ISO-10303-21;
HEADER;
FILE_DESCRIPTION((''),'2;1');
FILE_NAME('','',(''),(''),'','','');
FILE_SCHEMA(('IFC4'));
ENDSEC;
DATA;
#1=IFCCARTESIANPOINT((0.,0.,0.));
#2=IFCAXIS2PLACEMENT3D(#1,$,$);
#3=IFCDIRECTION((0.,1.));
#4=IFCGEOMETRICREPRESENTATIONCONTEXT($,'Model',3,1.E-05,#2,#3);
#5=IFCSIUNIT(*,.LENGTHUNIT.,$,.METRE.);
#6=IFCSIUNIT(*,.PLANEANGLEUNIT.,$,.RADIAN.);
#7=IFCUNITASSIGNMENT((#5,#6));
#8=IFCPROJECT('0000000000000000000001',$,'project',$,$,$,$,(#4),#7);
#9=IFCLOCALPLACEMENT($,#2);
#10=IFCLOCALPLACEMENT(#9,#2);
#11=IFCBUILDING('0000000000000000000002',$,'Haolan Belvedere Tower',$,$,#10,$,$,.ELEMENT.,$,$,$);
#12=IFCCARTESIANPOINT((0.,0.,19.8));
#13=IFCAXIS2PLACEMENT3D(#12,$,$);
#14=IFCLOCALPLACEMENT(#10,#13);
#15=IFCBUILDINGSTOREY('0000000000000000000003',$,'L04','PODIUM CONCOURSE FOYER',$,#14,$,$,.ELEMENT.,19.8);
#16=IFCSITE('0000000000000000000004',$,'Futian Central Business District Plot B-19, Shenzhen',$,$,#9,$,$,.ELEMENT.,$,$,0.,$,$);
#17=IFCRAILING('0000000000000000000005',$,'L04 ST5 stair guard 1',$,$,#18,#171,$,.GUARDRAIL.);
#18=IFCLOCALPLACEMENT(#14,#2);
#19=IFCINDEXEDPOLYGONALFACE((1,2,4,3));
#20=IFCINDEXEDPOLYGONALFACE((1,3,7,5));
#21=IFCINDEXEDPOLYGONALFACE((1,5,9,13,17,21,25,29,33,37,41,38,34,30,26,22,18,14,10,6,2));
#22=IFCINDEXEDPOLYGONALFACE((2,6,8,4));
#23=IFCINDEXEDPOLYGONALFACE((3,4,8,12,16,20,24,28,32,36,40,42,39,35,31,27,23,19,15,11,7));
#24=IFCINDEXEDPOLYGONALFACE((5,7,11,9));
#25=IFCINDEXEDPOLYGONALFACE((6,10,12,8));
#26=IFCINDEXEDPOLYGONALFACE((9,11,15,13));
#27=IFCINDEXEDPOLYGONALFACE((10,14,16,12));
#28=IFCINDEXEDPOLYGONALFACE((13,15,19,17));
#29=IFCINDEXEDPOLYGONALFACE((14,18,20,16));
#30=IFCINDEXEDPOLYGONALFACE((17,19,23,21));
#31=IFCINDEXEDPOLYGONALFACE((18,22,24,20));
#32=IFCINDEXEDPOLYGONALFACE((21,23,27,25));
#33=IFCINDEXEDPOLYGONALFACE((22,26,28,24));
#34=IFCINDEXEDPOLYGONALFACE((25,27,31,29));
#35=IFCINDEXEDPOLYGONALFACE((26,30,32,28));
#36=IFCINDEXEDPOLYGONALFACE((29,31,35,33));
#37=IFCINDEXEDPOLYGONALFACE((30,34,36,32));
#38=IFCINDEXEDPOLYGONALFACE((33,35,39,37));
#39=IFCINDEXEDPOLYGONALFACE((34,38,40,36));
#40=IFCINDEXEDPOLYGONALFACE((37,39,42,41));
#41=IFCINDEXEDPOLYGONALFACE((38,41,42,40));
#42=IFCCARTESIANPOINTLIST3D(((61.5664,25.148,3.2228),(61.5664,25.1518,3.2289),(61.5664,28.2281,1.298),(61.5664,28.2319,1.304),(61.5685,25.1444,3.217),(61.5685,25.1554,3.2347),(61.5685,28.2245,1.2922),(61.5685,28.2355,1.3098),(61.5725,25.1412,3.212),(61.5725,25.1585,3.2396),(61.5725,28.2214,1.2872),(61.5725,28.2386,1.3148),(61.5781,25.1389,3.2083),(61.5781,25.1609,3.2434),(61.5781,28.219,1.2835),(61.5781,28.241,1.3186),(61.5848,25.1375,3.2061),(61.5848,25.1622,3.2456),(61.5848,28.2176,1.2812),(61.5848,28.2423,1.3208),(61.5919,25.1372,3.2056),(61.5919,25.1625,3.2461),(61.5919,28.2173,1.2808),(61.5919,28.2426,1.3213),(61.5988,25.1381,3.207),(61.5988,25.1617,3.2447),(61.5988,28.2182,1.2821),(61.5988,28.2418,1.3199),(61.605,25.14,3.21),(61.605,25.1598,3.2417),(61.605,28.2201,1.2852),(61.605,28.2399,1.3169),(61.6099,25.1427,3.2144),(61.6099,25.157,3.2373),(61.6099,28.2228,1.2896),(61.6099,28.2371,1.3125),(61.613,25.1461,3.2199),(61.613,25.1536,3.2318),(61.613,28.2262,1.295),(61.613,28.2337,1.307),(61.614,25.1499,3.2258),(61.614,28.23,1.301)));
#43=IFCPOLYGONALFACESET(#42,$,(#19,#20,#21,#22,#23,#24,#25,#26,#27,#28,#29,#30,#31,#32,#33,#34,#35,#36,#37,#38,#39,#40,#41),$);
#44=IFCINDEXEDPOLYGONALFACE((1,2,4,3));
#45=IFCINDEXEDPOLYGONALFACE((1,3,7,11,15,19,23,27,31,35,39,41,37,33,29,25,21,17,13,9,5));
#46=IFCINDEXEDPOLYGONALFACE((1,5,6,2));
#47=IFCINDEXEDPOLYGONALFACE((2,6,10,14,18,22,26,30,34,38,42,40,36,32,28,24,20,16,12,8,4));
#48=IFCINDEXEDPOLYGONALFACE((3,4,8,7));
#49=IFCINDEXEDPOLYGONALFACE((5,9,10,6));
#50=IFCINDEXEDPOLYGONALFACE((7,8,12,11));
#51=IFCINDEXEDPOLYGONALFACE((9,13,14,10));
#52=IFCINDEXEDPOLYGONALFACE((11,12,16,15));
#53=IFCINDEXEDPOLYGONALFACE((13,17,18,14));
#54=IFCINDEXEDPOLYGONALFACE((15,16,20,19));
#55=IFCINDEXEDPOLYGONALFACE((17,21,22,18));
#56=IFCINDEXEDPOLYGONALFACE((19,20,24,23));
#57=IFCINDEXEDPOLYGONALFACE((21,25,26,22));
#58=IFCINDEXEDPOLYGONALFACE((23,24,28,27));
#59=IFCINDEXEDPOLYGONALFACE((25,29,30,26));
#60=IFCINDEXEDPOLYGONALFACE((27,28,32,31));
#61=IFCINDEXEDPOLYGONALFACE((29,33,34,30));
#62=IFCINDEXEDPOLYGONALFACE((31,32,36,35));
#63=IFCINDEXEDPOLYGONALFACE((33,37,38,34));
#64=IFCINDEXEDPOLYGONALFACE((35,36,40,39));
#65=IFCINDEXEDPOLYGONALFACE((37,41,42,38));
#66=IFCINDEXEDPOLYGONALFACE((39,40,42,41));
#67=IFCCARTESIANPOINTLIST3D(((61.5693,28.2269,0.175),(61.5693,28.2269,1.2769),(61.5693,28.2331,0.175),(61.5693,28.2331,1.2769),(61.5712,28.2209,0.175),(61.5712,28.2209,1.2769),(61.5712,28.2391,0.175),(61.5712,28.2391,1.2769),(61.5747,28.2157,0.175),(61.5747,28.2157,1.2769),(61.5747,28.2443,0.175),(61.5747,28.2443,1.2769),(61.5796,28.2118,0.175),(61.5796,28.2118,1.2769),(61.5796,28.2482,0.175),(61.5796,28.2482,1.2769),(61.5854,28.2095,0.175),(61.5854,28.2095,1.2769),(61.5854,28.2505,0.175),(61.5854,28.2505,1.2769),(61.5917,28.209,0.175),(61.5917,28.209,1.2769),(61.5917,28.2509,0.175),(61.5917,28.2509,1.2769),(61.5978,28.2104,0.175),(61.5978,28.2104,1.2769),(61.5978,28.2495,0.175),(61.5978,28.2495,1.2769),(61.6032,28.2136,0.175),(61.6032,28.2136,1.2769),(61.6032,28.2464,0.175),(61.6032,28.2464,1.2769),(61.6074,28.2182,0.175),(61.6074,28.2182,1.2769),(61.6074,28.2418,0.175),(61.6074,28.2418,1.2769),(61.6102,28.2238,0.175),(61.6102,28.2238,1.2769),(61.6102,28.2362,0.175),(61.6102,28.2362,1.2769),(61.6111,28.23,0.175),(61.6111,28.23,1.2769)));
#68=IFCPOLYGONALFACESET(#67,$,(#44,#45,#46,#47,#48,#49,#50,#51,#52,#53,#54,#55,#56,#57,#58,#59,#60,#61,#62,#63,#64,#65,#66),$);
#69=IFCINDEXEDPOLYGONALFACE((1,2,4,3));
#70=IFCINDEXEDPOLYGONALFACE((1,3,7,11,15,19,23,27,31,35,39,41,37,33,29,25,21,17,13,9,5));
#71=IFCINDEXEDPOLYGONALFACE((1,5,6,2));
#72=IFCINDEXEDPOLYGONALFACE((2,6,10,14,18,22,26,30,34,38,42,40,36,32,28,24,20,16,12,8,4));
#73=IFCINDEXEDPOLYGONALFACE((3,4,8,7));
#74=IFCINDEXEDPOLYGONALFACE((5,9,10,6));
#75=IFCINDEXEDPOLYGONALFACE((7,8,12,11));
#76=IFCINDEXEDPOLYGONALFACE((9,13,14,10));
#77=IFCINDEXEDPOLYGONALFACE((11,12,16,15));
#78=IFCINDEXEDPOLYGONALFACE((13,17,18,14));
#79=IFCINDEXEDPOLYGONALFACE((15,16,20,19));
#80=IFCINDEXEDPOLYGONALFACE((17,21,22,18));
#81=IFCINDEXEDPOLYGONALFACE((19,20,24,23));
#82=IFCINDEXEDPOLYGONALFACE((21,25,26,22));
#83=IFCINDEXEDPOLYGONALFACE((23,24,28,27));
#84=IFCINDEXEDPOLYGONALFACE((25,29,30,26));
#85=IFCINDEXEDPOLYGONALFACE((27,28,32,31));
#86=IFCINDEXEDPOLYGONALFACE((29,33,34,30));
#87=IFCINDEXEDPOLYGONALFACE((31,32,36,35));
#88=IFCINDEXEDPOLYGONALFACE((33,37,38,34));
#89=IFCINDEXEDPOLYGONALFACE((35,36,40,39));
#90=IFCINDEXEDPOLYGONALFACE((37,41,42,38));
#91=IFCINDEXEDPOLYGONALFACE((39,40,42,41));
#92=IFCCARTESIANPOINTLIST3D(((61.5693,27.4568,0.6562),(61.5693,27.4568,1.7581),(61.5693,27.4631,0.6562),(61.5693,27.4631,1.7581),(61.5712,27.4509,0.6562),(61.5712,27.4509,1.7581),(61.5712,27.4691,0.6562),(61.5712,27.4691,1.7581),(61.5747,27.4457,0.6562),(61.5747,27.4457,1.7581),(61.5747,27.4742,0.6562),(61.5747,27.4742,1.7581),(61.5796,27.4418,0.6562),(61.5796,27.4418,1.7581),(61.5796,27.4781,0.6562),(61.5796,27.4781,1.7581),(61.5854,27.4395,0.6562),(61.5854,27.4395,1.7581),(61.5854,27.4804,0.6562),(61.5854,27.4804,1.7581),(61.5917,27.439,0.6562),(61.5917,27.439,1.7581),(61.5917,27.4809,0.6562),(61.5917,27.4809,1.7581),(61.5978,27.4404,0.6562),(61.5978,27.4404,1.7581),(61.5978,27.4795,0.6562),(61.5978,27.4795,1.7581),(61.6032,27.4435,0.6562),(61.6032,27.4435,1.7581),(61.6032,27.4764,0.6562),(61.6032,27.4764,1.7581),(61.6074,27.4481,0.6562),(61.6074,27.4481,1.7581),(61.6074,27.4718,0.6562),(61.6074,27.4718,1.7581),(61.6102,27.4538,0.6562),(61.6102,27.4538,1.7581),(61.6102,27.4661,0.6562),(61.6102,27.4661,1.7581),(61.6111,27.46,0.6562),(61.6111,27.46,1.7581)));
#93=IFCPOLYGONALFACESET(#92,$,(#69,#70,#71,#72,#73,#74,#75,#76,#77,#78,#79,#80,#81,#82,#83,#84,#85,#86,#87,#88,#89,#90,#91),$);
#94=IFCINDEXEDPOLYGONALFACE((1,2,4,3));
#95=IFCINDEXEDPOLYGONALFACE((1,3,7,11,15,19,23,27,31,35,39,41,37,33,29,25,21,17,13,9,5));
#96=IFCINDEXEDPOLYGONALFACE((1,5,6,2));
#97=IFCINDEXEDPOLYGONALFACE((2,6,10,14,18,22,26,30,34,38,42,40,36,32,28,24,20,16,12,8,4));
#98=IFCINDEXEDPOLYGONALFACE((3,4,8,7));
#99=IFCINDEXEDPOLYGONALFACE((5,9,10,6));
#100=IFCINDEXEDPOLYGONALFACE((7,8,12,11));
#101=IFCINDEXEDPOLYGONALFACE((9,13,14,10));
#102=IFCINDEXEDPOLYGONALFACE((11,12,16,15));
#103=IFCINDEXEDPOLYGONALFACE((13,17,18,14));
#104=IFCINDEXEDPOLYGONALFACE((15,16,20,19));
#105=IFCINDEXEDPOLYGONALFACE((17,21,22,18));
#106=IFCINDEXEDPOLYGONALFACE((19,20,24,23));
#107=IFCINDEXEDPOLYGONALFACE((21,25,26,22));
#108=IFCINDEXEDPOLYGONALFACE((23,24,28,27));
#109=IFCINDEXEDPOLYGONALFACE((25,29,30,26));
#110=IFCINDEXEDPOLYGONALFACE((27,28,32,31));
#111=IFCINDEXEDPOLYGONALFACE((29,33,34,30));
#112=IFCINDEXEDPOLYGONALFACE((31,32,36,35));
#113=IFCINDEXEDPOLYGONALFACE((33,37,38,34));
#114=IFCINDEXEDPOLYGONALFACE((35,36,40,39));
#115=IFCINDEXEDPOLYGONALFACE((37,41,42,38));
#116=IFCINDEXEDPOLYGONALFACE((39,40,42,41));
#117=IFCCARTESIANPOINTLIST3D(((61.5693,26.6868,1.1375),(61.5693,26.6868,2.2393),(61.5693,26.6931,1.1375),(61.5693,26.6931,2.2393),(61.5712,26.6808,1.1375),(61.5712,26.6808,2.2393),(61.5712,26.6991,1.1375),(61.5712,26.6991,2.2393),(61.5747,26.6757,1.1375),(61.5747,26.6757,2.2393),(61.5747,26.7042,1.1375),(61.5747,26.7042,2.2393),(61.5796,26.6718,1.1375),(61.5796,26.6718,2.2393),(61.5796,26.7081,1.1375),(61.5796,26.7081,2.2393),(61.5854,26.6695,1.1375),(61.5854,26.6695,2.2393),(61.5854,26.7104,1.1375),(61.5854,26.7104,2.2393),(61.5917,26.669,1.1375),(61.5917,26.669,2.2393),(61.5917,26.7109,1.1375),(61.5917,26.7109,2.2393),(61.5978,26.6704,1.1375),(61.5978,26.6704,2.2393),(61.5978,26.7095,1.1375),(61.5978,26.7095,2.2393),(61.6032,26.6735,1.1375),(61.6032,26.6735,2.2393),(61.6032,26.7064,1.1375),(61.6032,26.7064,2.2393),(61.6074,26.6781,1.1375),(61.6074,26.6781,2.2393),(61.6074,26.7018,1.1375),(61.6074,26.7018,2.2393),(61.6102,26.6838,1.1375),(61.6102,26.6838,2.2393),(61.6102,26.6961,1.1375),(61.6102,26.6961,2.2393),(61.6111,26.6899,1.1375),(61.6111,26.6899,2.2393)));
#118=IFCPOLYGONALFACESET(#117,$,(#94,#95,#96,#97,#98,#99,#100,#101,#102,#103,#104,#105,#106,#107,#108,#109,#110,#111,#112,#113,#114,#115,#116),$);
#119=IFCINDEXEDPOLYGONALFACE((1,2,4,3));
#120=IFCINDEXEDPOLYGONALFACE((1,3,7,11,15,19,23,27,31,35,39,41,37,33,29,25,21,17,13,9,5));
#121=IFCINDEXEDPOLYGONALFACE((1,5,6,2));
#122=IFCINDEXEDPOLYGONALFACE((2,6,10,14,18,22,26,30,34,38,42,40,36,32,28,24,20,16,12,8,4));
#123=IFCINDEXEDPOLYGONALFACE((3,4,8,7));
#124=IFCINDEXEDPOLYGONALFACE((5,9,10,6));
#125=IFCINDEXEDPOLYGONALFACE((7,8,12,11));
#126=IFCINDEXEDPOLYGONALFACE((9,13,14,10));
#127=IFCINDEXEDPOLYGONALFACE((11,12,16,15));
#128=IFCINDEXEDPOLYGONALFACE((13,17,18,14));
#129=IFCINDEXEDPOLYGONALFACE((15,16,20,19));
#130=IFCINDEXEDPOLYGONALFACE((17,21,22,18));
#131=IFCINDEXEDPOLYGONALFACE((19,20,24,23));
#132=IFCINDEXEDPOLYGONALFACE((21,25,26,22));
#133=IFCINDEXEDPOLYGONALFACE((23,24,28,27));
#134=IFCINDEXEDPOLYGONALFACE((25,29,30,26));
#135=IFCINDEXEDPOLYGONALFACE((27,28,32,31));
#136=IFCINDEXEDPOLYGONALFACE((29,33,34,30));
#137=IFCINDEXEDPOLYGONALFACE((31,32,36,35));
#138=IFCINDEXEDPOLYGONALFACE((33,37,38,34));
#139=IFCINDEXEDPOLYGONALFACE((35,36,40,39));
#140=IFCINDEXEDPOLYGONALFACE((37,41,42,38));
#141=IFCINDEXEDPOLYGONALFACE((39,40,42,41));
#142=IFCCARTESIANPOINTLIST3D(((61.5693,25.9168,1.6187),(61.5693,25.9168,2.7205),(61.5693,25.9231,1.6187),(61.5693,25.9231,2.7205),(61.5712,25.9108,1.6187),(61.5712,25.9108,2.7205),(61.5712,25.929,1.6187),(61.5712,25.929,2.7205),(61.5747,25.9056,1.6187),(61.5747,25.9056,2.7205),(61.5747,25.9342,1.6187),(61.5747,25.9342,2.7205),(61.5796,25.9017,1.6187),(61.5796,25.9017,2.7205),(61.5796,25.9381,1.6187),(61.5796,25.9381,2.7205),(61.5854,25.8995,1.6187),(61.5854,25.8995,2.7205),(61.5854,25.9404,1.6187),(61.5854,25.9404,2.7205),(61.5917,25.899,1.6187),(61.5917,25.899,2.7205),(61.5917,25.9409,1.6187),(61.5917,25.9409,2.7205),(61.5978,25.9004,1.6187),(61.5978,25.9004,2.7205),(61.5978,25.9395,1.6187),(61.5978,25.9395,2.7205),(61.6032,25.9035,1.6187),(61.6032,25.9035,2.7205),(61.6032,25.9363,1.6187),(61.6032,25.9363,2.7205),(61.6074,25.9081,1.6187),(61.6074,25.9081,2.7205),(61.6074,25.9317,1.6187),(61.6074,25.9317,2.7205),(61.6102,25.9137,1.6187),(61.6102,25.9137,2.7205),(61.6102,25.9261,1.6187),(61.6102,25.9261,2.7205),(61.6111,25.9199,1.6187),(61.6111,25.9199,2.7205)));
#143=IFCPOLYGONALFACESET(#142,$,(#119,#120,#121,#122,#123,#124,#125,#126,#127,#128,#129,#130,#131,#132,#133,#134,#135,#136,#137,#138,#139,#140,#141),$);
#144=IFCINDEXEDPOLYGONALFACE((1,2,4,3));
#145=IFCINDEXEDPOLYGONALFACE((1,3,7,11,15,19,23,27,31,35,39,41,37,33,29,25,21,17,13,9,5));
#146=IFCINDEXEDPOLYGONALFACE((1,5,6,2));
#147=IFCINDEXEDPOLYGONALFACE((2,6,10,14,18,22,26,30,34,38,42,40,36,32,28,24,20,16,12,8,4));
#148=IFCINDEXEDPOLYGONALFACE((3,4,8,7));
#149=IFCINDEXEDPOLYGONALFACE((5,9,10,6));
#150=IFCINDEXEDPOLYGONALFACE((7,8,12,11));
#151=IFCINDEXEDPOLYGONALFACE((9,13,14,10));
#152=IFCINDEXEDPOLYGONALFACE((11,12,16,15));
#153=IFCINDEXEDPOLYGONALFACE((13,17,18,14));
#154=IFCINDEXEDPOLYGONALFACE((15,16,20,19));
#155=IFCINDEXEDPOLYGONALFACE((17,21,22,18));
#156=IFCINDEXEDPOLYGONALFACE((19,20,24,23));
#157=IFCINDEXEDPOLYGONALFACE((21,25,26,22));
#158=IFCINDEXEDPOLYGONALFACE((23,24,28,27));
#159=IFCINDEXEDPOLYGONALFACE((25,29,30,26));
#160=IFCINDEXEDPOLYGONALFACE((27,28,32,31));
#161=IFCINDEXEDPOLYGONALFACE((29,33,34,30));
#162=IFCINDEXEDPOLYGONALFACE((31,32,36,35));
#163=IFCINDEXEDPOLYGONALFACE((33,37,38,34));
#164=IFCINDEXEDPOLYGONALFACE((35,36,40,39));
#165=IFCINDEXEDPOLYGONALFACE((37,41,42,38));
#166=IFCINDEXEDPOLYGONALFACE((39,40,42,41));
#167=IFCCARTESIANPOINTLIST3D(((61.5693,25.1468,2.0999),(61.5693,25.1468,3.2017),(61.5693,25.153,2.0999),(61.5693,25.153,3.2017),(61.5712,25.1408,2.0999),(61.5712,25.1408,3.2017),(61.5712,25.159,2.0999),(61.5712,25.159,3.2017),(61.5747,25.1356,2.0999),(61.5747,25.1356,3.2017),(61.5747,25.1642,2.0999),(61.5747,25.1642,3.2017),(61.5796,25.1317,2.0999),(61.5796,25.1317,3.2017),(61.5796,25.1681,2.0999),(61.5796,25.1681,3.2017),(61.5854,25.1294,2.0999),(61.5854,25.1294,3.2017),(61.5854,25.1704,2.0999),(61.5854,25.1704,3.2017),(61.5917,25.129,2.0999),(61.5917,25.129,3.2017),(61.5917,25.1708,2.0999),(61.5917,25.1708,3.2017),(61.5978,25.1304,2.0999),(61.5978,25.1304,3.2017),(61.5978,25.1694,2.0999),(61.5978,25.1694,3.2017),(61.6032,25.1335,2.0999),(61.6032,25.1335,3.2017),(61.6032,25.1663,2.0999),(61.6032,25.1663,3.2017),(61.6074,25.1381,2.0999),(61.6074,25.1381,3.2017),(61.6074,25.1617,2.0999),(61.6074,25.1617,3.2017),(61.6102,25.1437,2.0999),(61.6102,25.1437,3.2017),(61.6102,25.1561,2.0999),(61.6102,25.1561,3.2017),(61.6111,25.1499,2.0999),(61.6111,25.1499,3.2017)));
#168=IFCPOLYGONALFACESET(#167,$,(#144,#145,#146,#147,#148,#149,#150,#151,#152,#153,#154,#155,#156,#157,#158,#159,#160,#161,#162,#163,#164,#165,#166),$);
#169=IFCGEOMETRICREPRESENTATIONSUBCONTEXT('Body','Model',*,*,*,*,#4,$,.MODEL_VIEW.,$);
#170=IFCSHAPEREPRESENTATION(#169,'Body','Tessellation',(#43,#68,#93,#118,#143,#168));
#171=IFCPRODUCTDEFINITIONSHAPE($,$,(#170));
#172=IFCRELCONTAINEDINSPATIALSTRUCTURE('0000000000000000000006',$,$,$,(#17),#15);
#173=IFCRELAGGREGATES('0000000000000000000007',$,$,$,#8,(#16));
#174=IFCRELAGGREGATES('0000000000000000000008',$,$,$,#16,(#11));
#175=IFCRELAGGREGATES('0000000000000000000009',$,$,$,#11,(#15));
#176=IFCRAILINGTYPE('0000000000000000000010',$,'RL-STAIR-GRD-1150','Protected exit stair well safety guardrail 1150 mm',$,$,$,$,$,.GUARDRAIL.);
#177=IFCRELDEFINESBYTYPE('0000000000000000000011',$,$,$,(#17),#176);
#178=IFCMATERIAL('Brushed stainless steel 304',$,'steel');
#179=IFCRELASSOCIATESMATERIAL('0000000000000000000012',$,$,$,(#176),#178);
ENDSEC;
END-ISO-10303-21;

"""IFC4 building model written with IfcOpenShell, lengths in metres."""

from ifc_helpers import new_model, si_unit, direction, frame, origin, origin_2d, place, context, subcontext, project, spatial, circle, extrude, material, type_object, element, save


model = new_model("IFC4")

# Units and contexts
model_context = context("Model", 3, precision=1e-05, world=origin(), true_north=direction((0.0, 1.0)))
body_context = subcontext(model_context, "Body", "Model", "MODEL_VIEW")
ifc_project = project(units=[si_unit("LENGTHUNIT", "METRE"), si_unit("PLANEANGLEUNIT", "RADIAN")], contexts=[model_context])

# Site, building, storey
site_placement = place(None, origin())
site = spatial("IfcSite", under=ifc_project, at=site_placement, Name="Futian Central Business District Plot B-19, Shenzhen", CompositionType="ELEMENT", RefElevation=0.0)
building_placement = place(site_placement, origin())
building = spatial("IfcBuilding", under=site, at=building_placement, Name="Haolan Belvedere Tower", CompositionType="ELEMENT")
storey_placement = place(building_placement, frame((0.0, 0.0, 19.8)))
storey = spatial("IfcBuildingStorey", under=building, at=storey_placement, Name="L04", Description="PODIUM CONCOURSE FOYER", CompositionType="ELEMENT", Elevation=19.8)

# Railing
ifc_material_1 = material(Name="Brushed stainless steel 304", Category="steel")
railing_type_1 = type_object("IfcRailingType", Name="RL-STAIR-GRD-1150", Description="Protected exit stair well safety guardrail 1150 mm", PredefinedType="GUARDRAIL", material=ifc_material_1)
railing_1_placement = place(storey_placement, frame((61.5901, 28.23, 0.175)))
element("IfcRailing", 1, at=railing_1_placement, inside=storey, type_object=railing_type_1, Name="L04 ST5 stair guard 1", PredefinedType="GUARDRAIL", context=body_context, shape_type="SweptSolid", body=[
    extrude(circle(Radius=0.0239, at=origin_2d()), frame((0.0, 0.0, 1.126), z_axis=(0.0, -0.848029, 0.529951), x_axis=(1.0, 0.0, 0.0)), (0.0, 0.0, 1.0), 3.6321),
    extrude(circle(Radius=0.021, at=origin_2d()), origin(), (0.0, 0.0, 1.0), 1.1018),
    extrude(circle(Radius=0.021, at=origin_2d()), frame((0.0, -0.77, 0.4812)), (0.0, 0.0, 1.0), 1.1018),
    extrude(circle(Radius=0.021, at=origin_2d()), frame((0.0, -1.54, 0.9624)), (0.0, 0.0, 1.0), 1.1018),
    extrude(circle(Radius=0.021, at=origin_2d()), frame((0.0, -2.3101, 1.4436)), (0.0, 0.0, 1.0), 1.1018),
    extrude(circle(Radius=0.021, at=origin_2d()), frame((0.0, -3.0801, 1.9248)), (0.0, 0.0, 1.0), 1.1018),
])

save(model, "model.ifc")
